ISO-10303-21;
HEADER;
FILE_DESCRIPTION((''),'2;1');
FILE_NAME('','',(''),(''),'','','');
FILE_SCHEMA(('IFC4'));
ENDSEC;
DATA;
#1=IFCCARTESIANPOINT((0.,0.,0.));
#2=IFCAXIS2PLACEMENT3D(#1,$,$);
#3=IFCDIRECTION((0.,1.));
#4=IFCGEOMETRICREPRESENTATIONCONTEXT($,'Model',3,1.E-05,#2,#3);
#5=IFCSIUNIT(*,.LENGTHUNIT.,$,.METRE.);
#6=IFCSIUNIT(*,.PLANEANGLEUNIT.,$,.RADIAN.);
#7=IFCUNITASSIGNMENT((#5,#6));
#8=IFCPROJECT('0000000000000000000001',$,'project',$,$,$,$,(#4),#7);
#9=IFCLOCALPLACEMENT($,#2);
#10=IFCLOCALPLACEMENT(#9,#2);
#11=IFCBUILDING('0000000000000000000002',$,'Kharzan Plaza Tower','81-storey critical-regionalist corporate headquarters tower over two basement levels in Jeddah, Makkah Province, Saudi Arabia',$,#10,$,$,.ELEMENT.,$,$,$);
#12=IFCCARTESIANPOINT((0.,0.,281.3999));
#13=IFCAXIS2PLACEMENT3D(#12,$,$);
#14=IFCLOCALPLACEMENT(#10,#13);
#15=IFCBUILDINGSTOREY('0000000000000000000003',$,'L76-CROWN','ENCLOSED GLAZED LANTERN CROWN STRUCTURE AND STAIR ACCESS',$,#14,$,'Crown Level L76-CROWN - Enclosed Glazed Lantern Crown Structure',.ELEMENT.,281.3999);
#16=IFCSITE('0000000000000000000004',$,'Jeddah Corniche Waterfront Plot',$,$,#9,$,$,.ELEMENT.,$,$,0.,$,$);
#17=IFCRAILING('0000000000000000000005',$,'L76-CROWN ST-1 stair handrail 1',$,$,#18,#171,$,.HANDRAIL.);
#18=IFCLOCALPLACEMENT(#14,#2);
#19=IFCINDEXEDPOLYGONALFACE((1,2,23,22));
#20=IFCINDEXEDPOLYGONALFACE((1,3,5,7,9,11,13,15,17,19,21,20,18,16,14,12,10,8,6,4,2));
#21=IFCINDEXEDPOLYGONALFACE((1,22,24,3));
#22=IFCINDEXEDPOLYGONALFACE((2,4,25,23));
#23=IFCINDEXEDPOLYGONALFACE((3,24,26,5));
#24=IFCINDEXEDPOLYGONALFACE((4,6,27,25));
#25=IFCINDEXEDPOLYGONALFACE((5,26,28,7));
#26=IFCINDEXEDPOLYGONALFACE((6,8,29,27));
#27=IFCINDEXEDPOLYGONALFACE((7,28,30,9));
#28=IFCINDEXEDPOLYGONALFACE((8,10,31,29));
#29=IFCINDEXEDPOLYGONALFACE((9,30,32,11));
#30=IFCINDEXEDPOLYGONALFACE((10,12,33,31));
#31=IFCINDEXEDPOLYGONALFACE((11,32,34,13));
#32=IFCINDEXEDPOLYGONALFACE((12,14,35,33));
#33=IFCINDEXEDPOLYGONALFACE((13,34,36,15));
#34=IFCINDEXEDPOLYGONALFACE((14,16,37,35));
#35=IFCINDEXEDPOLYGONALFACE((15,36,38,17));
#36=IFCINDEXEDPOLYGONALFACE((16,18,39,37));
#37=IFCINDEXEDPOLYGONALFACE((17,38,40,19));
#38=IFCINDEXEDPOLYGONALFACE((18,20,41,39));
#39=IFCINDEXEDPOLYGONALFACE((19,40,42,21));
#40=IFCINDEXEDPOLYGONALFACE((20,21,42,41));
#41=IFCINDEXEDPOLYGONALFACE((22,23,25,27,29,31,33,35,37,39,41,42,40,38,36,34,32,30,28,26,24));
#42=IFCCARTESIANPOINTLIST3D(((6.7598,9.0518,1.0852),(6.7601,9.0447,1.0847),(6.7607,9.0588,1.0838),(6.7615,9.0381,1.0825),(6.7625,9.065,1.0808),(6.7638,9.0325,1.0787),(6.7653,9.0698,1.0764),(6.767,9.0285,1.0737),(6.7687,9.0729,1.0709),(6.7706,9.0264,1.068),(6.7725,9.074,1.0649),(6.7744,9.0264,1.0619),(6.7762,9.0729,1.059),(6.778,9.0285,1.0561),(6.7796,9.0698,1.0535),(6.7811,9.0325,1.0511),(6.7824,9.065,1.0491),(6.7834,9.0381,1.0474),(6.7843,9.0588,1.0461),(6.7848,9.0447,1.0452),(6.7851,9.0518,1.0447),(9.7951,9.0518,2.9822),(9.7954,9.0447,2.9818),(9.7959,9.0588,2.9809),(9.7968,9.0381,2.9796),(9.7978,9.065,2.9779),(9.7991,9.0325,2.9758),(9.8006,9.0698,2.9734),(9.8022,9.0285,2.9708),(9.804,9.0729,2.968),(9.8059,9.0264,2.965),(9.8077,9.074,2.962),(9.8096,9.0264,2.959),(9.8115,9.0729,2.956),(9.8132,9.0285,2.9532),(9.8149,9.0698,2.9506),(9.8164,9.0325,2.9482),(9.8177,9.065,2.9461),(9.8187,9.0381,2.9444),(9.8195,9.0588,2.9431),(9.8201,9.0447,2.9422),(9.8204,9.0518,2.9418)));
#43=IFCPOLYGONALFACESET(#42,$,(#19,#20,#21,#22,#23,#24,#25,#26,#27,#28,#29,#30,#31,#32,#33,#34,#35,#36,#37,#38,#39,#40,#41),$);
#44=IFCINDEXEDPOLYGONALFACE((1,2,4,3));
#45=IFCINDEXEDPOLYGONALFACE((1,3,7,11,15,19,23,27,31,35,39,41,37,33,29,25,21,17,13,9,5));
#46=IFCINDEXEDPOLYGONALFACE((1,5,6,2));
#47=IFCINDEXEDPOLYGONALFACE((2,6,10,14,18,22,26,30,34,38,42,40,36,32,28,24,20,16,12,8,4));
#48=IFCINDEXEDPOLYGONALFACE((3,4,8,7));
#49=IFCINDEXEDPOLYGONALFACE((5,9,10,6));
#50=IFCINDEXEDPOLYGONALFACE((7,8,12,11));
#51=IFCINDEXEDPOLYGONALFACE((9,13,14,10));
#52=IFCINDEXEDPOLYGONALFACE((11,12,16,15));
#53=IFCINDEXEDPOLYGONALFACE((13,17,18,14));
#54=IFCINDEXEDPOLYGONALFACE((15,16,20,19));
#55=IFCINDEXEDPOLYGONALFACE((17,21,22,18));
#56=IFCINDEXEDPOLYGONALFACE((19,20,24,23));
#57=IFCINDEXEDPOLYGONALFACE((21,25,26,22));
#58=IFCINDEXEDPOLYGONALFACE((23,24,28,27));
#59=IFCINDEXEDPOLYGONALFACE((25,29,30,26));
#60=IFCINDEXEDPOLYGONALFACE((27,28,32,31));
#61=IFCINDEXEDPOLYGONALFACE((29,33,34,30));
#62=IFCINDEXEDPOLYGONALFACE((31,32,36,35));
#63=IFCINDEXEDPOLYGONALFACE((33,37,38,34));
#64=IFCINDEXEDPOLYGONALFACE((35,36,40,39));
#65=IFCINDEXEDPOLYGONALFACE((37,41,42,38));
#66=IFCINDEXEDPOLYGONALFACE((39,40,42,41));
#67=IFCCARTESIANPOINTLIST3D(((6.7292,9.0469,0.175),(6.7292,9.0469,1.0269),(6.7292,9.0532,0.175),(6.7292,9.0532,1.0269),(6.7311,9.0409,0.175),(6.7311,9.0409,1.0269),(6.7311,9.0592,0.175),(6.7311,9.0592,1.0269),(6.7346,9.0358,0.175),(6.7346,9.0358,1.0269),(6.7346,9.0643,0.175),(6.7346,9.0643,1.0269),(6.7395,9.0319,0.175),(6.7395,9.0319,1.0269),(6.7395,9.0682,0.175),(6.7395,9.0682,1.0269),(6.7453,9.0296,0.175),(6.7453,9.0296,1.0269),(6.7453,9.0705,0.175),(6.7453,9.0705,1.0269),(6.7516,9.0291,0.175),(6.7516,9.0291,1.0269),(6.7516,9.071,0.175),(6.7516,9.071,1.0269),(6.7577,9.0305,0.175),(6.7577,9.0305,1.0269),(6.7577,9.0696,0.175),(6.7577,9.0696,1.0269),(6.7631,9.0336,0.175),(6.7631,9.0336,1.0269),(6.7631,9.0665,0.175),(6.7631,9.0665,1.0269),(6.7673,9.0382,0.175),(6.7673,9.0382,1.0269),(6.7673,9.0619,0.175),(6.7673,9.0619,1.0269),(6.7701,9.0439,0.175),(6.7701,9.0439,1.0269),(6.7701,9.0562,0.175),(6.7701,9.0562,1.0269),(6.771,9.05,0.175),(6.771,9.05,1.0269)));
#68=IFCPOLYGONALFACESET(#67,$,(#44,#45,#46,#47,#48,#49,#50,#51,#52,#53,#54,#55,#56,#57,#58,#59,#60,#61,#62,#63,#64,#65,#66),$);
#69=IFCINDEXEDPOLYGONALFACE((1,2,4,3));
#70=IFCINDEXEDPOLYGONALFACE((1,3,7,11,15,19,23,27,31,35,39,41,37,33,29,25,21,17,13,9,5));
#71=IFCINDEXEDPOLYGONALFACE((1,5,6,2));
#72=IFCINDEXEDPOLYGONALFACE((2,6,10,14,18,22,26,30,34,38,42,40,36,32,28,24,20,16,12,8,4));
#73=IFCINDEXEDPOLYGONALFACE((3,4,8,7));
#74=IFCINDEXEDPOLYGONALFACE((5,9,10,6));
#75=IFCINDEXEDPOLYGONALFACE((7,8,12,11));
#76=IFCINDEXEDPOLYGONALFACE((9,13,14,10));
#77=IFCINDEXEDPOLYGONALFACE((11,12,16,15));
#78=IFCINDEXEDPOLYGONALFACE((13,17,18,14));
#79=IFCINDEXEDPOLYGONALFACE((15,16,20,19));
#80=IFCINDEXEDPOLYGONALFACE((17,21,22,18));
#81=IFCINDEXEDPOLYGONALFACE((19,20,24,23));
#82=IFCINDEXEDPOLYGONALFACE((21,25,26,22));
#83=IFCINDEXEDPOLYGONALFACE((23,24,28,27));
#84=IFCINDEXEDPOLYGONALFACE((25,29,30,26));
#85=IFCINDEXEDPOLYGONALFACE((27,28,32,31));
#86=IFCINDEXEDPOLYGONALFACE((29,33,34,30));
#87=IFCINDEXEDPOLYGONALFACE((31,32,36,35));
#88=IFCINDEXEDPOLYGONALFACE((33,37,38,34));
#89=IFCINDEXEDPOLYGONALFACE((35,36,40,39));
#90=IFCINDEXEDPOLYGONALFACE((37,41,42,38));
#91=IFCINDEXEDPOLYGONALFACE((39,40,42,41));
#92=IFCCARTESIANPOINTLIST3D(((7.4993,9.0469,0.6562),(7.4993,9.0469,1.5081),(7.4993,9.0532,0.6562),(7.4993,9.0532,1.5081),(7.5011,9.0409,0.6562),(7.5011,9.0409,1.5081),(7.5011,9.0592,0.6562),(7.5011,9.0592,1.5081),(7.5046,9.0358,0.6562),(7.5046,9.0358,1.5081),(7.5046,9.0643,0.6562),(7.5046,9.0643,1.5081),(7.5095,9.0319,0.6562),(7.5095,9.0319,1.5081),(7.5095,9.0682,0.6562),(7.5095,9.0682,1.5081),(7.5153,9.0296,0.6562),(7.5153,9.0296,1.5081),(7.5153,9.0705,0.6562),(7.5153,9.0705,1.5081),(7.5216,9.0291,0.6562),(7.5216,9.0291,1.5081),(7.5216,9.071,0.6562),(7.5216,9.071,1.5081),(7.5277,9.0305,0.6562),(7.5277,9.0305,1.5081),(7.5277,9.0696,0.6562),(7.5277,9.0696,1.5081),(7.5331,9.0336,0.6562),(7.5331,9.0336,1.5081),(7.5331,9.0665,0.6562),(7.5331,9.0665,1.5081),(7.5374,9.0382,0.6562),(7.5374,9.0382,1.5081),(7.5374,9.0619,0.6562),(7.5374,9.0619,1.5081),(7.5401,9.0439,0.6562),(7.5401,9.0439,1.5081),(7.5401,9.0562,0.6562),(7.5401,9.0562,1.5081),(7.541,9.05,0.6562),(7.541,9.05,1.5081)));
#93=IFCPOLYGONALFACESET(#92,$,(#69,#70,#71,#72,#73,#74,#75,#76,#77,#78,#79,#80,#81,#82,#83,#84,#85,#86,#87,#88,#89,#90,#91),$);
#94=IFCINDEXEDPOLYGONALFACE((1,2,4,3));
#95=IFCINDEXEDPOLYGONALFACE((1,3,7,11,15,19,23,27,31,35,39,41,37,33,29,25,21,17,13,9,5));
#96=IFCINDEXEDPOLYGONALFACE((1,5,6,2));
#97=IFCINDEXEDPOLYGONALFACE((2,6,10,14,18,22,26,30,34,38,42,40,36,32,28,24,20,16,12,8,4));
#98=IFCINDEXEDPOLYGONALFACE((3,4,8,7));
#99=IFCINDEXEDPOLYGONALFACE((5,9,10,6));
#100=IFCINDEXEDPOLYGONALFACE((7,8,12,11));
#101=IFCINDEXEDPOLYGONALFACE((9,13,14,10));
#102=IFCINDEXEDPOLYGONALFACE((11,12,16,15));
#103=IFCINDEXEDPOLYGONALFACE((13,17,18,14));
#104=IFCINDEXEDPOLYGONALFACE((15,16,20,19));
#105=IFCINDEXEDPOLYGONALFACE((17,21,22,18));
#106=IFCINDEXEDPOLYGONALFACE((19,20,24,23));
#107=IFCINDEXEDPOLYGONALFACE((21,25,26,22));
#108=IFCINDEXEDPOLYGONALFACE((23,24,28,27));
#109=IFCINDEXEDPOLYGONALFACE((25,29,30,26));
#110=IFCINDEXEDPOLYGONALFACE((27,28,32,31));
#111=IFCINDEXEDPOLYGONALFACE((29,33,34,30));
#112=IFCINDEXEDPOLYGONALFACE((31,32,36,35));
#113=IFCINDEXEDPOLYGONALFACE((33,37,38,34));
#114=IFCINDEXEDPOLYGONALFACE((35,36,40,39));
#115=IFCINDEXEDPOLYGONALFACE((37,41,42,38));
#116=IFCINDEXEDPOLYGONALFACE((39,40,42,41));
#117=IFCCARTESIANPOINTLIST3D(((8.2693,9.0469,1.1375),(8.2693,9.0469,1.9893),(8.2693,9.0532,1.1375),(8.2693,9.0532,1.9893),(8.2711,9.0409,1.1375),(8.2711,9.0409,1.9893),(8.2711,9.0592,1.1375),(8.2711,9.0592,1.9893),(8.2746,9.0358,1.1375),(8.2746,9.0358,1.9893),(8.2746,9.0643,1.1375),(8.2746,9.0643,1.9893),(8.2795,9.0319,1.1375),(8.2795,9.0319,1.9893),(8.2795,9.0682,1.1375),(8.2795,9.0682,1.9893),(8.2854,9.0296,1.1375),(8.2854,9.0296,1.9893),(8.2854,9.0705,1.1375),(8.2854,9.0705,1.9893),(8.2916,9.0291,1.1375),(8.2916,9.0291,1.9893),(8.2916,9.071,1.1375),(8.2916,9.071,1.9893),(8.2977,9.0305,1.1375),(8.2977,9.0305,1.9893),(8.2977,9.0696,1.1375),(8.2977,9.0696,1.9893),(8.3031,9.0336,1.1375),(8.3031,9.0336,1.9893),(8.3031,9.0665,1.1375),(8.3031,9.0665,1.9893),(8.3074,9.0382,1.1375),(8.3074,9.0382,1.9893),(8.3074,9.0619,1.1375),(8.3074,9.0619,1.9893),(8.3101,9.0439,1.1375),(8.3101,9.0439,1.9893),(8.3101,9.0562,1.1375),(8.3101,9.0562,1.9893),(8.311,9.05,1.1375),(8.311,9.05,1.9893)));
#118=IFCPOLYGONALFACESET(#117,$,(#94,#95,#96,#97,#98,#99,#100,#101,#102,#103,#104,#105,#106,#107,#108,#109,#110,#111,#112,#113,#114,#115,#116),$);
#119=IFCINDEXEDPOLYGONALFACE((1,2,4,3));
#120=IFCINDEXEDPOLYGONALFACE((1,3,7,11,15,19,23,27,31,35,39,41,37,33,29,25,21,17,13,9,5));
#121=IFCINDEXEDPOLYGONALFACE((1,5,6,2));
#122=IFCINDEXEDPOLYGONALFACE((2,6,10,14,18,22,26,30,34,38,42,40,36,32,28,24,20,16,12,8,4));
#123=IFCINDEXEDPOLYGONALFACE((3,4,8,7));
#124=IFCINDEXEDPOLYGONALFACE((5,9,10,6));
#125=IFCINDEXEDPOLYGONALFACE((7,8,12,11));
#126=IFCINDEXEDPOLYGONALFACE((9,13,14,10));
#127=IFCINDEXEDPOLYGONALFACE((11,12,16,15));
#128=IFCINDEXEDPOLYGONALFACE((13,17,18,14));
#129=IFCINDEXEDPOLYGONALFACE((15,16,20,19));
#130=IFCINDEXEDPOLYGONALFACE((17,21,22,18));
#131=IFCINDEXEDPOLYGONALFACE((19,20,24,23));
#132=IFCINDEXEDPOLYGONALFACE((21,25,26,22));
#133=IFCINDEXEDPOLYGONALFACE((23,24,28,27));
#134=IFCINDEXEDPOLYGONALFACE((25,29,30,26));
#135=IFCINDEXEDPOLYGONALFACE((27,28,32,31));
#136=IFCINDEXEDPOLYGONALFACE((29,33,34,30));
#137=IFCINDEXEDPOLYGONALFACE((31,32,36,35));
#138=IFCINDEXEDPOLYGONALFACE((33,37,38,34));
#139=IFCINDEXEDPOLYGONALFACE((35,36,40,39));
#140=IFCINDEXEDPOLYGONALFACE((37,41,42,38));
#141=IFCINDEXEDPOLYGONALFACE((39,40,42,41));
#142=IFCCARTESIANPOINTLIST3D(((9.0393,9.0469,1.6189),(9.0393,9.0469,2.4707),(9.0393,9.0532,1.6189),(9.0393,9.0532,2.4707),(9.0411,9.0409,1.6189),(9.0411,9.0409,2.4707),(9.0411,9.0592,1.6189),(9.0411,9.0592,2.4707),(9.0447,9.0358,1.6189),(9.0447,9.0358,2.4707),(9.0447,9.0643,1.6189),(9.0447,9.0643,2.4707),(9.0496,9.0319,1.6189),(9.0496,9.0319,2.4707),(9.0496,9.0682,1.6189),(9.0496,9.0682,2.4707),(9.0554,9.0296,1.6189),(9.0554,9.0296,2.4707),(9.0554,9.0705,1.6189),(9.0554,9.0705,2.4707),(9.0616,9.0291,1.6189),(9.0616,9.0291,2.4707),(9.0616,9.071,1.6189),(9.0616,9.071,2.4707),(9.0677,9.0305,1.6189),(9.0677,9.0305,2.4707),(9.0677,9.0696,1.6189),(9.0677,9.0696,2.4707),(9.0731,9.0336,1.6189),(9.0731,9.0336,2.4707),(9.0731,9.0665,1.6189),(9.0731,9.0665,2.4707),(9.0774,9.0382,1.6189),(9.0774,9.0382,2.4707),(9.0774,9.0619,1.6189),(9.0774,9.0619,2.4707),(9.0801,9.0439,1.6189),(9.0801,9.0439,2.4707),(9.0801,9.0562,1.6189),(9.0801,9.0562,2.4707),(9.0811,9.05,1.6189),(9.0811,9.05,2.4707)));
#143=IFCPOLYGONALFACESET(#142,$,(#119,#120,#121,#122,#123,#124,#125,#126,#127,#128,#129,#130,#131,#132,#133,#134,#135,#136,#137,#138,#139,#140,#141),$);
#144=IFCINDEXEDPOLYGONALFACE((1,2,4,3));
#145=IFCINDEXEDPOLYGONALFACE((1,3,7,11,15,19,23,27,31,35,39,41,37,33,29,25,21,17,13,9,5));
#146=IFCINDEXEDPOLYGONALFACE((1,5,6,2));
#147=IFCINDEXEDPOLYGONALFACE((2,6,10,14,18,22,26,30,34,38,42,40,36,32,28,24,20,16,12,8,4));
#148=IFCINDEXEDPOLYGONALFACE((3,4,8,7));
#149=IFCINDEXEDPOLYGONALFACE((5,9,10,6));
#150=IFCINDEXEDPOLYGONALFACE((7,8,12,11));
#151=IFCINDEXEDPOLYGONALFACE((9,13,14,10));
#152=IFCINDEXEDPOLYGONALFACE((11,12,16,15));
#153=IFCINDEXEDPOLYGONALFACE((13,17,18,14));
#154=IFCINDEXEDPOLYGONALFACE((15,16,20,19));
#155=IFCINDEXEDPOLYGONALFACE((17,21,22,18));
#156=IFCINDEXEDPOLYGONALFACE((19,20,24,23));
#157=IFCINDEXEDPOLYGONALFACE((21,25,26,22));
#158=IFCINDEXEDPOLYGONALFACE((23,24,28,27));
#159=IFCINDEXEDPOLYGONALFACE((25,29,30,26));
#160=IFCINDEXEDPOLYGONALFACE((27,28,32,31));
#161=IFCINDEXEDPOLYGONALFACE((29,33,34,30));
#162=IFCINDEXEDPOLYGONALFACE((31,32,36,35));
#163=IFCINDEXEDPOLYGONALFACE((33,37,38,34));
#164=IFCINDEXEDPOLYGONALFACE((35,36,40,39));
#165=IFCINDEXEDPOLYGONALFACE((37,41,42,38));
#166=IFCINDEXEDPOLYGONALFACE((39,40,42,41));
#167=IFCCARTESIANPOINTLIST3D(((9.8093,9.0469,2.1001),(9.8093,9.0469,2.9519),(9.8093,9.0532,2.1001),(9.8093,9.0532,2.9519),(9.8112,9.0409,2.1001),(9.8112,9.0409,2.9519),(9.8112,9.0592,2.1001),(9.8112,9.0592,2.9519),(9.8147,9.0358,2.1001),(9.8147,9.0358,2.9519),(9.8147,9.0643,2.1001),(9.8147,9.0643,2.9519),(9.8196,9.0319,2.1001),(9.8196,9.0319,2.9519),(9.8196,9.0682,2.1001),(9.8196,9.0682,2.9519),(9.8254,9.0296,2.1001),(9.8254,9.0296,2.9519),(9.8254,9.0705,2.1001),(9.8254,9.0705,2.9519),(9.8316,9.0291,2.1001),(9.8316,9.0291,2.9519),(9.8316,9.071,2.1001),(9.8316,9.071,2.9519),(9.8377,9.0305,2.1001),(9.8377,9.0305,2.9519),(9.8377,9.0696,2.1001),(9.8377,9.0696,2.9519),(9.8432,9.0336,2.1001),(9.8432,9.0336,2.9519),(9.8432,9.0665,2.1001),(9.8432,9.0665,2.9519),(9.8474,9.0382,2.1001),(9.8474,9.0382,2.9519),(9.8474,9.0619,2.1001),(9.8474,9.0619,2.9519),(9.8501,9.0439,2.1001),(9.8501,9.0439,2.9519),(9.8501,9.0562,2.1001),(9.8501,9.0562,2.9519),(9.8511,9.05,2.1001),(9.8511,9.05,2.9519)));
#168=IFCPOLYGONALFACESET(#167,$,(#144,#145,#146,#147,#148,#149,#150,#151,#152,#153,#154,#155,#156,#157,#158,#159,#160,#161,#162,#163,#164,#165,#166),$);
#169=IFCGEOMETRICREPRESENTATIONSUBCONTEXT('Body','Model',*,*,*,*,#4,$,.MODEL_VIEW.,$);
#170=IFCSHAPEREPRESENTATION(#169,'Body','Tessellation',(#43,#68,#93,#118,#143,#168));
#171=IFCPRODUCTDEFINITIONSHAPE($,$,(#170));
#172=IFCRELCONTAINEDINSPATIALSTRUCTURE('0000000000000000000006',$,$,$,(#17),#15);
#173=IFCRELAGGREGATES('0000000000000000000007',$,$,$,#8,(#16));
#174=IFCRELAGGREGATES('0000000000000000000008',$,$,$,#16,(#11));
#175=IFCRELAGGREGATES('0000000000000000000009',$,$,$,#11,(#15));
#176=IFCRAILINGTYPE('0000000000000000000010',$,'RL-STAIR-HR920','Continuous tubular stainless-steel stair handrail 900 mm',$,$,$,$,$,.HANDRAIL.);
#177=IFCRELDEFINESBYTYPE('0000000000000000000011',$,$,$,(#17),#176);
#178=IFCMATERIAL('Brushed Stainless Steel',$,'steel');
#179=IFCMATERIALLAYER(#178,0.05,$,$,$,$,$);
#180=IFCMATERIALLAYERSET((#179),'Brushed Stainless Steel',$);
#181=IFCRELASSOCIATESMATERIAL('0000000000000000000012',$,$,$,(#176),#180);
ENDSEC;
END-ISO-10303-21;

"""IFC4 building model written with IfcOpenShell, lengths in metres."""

from ifc_helpers import new_model, si_unit, direction, frame, origin, origin_2d, place, context, subcontext, project, spatial, circle, extrude, source, transform, mapped, material, layer, layer_set, type_object, element, save


model = new_model("IFC4")

# Units and contexts
model_context = context("Model", 3, precision=1e-05, world=origin(), true_north=direction((0.0, 1.0)))
body_context = subcontext(model_context, "Body", "Model", "MODEL_VIEW")
ifc_project = project(units=[si_unit("LENGTHUNIT", "METRE"), si_unit("PLANEANGLEUNIT", "RADIAN")], contexts=[model_context])

# Site, building, storey
site_placement = place(None, origin())
site = spatial("IfcSite", under=ifc_project, at=site_placement, Name="Jeddah Corniche Waterfront Plot", CompositionType="ELEMENT", RefElevation=0.0)
building_placement = place(site_placement, origin())
building = spatial("IfcBuilding", under=site, at=building_placement, Name="Kharzan Plaza Tower", Description="81-storey critical-regionalist corporate headquarters tower over two basement levels in Jeddah, Makkah Province, Saudi Arabia", CompositionType="ELEMENT")
storey_placement = place(building_placement, frame((0.0, 0.0, 281.3999)))
storey = spatial("IfcBuildingStorey", under=building, at=storey_placement, Name="L76-CROWN", Description="ENCLOSED GLAZED LANTERN CROWN STRUCTURE AND STAIR ACCESS", LongName="Crown Level L76-CROWN - Enclosed Glazed Lantern Crown Structure", CompositionType="ELEMENT", Elevation=281.3999)

# Shared definitions
ifc_material_1 = material(Name="Brushed Stainless Steel", Category="steel")

# Railing
ifc_layer_1 = layer(ifc_material_1, 0.05)
ifc_layer_set_1 = layer_set([ifc_layer_1], Name="Brushed Stainless Steel")
railing_type_1 = type_object("IfcRailingType", Name="RL-STAIR-HR920", Description="Continuous tubular stainless-steel stair handrail 900 mm", PredefinedType="HANDRAIL", material=ifc_layer_set_1)
shared_shape_1 = source(origin(), body_context, "Body", "SweptSolid", [
    extrude(circle(Radius=0.0239, at=origin_2d()), frame((0.0225, 0.0, 0.8899), z_axis=(0.847998, 0.0, 0.529999), x_axis=(0.0, 1.0, 0.0)), (0.0, 0.0, 1.0), 3.5793),
    extrude(circle(Radius=0.021, at=origin_2d()), origin(), (0.0, 0.0, 1.0), 0.8518),
    extrude(circle(Radius=0.021, at=origin_2d()), frame((0.77, 0.0, 0.4812)), (0.0, 0.0, 1.0), 0.8518),
    extrude(circle(Radius=0.021, at=origin_2d()), frame((1.54, 0.0, 0.9624)), (0.0, 0.0, 1.0), 0.8518),
    extrude(circle(Radius=0.021, at=origin_2d()), frame((2.3101, 0.0, 1.4438)), (0.0, 0.0, 1.0), 0.8518),
    extrude(circle(Radius=0.021, at=origin_2d()), frame((3.0801, 0.0, 1.925)), (0.0, 0.0, 1.0), 0.8518),
])
railing_1_placement = place(storey_placement, frame((6.75, 9.05, 0.175)))
element("IfcRailing", 1, at=railing_1_placement, inside=storey, type_object=railing_type_1, Name="L76-CROWN ST-1 stair handrail 1", PredefinedType="HANDRAIL", context=body_context, shape_type="MappedRepresentation", body=[
    mapped(shared_shape_1, transform((0.0, 0.0, 0.0), x_axis=(1.0, 0.0, 0.0), y_axis=(0.0, 1.0, 0.0), z_axis=(0.0, 0.0, 1.0))),
])

save(model, "model.ifc")
